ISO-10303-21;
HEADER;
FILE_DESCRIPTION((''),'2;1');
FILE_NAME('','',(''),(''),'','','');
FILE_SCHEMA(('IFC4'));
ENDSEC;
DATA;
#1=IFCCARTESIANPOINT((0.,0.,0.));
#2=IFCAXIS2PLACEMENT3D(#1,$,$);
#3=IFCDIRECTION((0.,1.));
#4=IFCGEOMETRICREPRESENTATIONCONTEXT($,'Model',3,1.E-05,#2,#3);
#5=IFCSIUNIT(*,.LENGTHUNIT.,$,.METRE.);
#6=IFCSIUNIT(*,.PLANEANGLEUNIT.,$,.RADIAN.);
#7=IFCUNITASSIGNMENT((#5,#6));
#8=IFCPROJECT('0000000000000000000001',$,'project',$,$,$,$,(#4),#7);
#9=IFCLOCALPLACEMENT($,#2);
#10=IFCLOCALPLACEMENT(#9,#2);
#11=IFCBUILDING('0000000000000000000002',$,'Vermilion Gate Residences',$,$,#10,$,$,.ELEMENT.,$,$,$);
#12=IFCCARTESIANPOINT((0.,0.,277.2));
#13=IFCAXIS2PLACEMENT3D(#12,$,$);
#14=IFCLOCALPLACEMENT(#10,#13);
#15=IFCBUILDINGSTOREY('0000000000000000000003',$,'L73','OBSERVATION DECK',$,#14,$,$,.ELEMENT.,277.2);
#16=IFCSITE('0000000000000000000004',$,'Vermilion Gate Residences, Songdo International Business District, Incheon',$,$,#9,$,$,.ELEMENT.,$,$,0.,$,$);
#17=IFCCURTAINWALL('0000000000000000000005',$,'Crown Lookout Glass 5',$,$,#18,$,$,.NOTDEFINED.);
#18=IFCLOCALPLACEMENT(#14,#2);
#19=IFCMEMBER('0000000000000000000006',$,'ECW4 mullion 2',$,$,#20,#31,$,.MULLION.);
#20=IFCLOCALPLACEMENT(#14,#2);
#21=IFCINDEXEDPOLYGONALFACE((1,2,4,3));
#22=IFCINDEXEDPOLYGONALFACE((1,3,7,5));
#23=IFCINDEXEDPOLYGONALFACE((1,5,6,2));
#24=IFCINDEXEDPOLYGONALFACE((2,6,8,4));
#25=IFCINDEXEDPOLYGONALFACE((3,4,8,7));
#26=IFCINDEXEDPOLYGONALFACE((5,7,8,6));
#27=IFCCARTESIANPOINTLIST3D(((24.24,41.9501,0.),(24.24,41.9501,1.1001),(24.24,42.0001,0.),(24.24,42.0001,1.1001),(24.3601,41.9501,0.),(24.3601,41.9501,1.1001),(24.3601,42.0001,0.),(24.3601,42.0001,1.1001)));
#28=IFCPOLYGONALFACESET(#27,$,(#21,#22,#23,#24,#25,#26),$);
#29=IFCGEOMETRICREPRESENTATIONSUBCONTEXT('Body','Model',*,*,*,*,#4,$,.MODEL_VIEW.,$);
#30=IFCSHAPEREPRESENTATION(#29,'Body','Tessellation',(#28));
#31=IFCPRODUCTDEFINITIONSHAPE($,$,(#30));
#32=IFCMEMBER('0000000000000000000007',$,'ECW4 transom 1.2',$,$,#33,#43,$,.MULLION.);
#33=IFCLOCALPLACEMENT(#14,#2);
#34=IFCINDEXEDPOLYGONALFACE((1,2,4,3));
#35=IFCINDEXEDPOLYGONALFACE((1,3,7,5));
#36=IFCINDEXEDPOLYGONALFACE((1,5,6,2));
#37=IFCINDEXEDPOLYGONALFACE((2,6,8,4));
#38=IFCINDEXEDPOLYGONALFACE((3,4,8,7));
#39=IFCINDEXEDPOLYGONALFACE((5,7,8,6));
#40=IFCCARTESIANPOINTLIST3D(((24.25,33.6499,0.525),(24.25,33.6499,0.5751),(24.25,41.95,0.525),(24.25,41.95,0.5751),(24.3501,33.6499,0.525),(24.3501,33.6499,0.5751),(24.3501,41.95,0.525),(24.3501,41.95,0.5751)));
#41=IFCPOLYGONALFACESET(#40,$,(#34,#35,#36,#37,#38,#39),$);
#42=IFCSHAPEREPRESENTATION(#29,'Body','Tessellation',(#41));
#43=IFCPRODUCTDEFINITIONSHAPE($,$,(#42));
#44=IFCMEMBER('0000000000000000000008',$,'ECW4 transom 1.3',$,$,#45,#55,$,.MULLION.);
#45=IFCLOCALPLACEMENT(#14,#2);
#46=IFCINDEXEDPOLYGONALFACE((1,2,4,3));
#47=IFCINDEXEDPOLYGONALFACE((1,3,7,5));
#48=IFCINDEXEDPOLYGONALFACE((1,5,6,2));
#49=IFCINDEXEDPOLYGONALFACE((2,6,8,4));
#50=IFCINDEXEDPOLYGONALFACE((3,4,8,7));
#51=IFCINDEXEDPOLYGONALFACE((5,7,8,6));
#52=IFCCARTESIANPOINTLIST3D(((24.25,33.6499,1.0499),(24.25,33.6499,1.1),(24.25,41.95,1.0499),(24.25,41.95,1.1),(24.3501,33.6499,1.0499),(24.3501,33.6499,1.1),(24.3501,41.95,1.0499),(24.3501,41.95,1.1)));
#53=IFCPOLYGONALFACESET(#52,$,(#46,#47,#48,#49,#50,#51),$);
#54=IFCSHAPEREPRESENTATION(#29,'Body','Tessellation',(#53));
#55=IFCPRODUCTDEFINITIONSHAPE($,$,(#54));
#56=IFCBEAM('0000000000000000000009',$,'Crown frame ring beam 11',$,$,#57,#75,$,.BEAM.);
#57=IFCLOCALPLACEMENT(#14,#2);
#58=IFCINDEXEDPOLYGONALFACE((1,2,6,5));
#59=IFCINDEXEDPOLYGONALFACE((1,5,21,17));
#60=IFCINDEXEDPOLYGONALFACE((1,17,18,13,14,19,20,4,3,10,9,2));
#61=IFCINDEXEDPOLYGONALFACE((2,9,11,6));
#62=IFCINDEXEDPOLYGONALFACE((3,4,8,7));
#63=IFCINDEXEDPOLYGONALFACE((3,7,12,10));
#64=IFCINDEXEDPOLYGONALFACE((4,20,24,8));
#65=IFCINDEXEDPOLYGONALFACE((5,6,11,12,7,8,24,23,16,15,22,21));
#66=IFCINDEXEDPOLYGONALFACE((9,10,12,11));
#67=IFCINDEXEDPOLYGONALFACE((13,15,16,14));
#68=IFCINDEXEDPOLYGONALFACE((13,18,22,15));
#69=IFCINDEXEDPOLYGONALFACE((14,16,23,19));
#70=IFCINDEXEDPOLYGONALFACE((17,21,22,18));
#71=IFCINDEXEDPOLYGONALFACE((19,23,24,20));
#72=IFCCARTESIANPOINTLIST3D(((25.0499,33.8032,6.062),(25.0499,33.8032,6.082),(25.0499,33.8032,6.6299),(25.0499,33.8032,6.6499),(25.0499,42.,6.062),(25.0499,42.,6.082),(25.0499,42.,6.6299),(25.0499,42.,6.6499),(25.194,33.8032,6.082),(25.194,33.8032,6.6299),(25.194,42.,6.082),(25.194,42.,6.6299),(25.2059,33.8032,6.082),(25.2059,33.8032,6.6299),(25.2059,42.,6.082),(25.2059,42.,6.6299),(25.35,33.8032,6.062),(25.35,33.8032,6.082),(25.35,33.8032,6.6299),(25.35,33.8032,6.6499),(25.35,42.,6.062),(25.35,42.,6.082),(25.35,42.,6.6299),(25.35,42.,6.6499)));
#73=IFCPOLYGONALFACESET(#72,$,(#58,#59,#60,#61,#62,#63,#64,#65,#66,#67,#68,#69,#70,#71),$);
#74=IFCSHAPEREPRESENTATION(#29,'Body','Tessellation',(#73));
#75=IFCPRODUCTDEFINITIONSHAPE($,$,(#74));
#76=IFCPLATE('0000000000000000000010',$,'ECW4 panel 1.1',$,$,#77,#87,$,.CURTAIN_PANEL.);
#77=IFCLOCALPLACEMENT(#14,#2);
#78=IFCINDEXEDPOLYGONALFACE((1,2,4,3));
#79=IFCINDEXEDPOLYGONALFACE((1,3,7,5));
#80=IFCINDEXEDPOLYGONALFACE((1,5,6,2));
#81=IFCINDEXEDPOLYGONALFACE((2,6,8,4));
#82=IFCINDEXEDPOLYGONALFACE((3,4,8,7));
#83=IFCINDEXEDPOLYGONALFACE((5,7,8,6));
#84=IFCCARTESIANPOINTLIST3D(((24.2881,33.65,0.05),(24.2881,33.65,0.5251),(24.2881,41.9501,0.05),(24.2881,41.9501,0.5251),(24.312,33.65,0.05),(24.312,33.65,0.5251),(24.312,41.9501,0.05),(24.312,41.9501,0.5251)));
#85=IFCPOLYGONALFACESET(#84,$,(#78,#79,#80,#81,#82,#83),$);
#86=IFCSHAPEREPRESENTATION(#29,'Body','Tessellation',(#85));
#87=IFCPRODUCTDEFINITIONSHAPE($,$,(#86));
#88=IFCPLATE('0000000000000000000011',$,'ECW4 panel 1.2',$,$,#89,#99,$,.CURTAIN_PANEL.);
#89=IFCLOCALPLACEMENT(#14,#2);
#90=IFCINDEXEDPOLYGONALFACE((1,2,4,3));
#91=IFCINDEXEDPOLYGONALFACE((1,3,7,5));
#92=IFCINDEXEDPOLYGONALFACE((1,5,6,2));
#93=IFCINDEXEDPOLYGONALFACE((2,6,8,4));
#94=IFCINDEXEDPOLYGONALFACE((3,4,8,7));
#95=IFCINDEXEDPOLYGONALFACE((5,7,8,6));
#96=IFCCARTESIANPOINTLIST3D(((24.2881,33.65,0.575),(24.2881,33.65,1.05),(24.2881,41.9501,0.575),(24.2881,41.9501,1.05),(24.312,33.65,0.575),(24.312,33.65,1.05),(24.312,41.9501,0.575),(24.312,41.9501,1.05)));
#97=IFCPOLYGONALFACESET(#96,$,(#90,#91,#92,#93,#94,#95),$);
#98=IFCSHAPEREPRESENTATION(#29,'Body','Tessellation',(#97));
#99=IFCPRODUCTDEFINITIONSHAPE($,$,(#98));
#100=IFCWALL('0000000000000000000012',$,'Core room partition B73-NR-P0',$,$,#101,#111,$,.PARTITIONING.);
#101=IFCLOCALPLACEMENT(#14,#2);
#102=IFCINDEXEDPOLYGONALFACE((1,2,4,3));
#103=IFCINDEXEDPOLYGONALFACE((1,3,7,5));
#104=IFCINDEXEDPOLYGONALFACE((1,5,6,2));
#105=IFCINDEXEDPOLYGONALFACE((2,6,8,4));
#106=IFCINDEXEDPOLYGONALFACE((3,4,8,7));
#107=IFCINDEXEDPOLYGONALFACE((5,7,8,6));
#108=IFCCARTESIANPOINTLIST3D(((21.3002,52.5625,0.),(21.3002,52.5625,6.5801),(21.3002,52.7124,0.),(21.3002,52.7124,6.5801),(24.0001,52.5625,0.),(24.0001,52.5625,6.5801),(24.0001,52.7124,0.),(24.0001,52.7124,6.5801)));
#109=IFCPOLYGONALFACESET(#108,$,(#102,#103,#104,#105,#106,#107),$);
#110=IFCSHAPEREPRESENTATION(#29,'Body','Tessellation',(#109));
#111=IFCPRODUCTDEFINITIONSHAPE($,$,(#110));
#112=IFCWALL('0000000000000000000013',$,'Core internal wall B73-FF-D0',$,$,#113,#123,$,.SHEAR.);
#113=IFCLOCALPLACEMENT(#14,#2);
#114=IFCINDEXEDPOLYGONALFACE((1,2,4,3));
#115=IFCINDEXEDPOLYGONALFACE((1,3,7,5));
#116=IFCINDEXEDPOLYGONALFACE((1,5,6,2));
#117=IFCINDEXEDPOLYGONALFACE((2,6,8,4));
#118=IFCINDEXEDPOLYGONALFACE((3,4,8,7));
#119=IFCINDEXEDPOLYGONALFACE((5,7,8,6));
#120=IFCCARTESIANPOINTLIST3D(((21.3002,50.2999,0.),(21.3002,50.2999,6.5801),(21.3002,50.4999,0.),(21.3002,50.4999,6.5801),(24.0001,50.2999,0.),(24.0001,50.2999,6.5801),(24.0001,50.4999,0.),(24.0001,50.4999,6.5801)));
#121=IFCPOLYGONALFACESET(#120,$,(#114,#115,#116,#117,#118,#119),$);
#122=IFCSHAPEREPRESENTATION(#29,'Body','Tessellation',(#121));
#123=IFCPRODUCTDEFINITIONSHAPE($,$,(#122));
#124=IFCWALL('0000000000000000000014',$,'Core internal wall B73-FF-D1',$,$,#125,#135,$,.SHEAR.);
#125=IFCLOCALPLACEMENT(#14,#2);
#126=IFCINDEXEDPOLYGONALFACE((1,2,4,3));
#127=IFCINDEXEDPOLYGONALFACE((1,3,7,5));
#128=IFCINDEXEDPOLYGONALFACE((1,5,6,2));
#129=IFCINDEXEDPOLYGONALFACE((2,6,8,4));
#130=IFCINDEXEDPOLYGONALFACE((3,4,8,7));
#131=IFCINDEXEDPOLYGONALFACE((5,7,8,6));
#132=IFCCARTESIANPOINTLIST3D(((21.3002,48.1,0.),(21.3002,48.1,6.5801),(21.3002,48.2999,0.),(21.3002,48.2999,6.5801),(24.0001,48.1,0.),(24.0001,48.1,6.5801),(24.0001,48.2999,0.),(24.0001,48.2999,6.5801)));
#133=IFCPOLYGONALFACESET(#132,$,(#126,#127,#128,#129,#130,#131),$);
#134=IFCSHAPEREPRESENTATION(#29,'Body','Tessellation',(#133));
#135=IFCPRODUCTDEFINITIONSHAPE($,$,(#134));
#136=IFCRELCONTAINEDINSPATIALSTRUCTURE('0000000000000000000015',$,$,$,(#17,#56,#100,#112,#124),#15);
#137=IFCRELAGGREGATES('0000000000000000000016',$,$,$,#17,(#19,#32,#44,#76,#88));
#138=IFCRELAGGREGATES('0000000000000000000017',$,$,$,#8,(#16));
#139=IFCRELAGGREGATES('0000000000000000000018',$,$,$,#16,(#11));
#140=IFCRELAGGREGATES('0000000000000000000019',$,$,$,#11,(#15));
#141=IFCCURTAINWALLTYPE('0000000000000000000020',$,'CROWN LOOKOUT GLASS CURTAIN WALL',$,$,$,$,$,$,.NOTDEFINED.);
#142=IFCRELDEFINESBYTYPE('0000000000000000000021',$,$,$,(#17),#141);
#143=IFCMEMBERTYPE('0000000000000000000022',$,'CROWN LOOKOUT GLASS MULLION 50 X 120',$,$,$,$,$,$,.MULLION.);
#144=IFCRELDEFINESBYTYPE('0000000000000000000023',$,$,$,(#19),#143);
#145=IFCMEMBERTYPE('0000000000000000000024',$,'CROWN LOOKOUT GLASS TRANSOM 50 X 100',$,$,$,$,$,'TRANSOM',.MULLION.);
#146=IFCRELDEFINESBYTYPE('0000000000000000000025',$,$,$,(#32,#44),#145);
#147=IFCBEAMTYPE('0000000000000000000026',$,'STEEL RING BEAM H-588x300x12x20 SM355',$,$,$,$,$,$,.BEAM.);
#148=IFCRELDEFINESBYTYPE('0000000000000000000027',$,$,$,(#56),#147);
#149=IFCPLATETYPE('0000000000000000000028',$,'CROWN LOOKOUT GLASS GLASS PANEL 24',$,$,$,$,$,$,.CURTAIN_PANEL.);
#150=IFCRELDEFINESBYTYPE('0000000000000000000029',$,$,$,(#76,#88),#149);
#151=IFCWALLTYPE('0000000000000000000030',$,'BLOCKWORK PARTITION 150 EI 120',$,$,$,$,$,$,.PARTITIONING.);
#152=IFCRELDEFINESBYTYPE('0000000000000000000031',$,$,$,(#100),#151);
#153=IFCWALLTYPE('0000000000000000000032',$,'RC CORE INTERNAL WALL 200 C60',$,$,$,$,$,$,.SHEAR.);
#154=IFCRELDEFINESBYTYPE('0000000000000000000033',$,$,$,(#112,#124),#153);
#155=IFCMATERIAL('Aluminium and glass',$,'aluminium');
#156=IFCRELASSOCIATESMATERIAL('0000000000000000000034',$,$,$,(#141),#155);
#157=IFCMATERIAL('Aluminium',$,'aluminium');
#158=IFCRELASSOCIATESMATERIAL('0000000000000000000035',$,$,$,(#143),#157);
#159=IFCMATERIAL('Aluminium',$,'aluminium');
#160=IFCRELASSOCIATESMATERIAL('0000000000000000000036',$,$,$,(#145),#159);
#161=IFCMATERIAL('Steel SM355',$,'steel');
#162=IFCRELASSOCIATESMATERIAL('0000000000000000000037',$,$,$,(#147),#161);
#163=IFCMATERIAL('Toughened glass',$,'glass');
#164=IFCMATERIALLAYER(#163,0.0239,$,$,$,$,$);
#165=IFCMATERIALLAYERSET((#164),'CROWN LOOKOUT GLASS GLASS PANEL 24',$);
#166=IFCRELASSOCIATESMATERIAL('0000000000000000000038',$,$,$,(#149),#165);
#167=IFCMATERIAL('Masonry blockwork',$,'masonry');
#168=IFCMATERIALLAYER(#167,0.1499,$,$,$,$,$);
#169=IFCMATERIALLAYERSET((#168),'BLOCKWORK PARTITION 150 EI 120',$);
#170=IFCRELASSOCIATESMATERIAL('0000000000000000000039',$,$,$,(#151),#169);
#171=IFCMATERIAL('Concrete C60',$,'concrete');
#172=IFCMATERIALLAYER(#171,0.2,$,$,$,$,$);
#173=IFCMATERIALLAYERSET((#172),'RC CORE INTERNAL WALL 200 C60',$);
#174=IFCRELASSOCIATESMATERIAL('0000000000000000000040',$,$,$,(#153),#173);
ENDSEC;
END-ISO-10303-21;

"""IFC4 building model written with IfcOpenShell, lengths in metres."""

from ifc_helpers import new_model, si_unit, direction, frame, frame_2d, origin, origin_2d, place, context, subcontext, project, spatial, rectangle, i_section, extrude, material, layer, layer_set, material_profile, profile_set, type_object, element, aggregate, save


model = new_model("IFC4")

# Units and contexts
model_context = context("Model", 3, precision=1e-05, world=origin(), true_north=direction((0.0, 1.0)))
body_context = subcontext(model_context, "Body", "Model", "MODEL_VIEW")
ifc_project = project(units=[si_unit("LENGTHUNIT", "METRE"), si_unit("PLANEANGLEUNIT", "RADIAN")], contexts=[model_context])

# Site, building, storey
site_placement = place(None, origin())
site = spatial("IfcSite", under=ifc_project, at=site_placement, Name="Vermilion Gate Residences, Songdo International Business District, Incheon", CompositionType="ELEMENT", RefElevation=0.0)
building_placement = place(site_placement, origin())
building = spatial("IfcBuilding", under=site, at=building_placement, Name="Vermilion Gate Residences", CompositionType="ELEMENT")
storey_placement = place(building_placement, frame((0.0, 0.0, 277.2)))
storey = spatial("IfcBuildingStorey", under=building, at=storey_placement, Name="L73", Description="OBSERVATION DECK", CompositionType="ELEMENT", Elevation=277.2)

# Curtain wall, members
ifc_material_1 = material(Name="Aluminium and glass", Category="aluminium")
curtain_wall_type = type_object("IfcCurtainWallType", Name="CROWN LOOKOUT GLASS CURTAIN WALL", PredefinedType="NOTDEFINED", material=ifc_material_1)
curtain_wall_placement = place(storey_placement, origin())
curtain_wall = element("IfcCurtainWall", 1, at=curtain_wall_placement, inside=storey, type_object=curtain_wall_type, Name="Crown Lookout Glass 5", PredefinedType="NOTDEFINED")
ifc_material_2 = material(Name="Aluminium", Category="aluminium")
ifc_material_profile_1 = material_profile(ifc_material_2, rectangle(XDim=0.1201, YDim=0.05, at=origin_2d()), Name="MULLION 50 X 120")
ifc_profile_set_1 = profile_set([ifc_material_profile_1], Name="Aluminium")
member_type_1 = type_object("IfcMemberType", Name="CROWN LOOKOUT GLASS MULLION 50 X 120", PredefinedType="MULLION", material=ifc_profile_set_1)
member_1_placement = place(storey_placement, frame((24.3, 41.9751, 0.0), z_axis=(0.0, 0.0, 1.0), x_axis=(-1.0, 0.0, 0.0)))
member_1 = element("IfcMember", 2, at=member_1_placement, type_object=member_type_1, Name="ECW4 mullion 2", PredefinedType="MULLION", context=body_context, shape_type="SweptSolid", body=[
    extrude(rectangle(XDim=0.1201, YDim=0.05, at=origin_2d()), origin(), (0.0, 0.0, 1.0), 1.1001),
])
ifc_material_3 = material(Name="Aluminium", Category="aluminium")
ifc_material_profile_2 = material_profile(ifc_material_3, rectangle(XDim=0.1001, YDim=0.05, at=origin_2d()), Name="TRANSOM 50 X 100")
ifc_profile_set_2 = profile_set([ifc_material_profile_2], Name="Aluminium")
member_type_2 = type_object("IfcMemberType", Name="CROWN LOOKOUT GLASS TRANSOM 50 X 100", ElementType="TRANSOM", PredefinedType="MULLION", material=ifc_profile_set_2)
member_2_placement = place(storey_placement, frame((24.3, 33.6499, 0.55), z_axis=(0.0, 1.0, 0.0), x_axis=(-1.0, 0.0, 0.0)))
member_2 = element("IfcMember", 3, at=member_2_placement, type_object=member_type_2, Name="ECW4 transom 1.2", PredefinedType="MULLION", context=body_context, shape_type="SweptSolid", body=[
    extrude(rectangle(XDim=0.1001, YDim=0.05, at=origin_2d()), origin(), (0.0, 0.0, 1.0), 8.3),
])
member_3_placement = place(storey_placement, frame((24.3, 33.6499, 1.075), z_axis=(0.0, 1.0, 0.0), x_axis=(-1.0, 0.0, 0.0)))
member_3 = element("IfcMember", 4, at=member_3_placement, type_object=member_type_2, Name="ECW4 transom 1.3", PredefinedType="MULLION", context=body_context, shape_type="SweptSolid", body=[
    extrude(rectangle(XDim=0.1001, YDim=0.05, at=origin_2d()), origin(), (0.0, 0.0, 1.0), 8.3),
])

# Beam
ifc_material_4 = material(Name="Steel SM355", Category="steel")
ifc_material_profile_3 = material_profile(ifc_material_4, i_section(OverallWidth=0.3, OverallDepth=0.5879, WebThickness=0.012, FlangeThickness=0.02, at=origin_2d()), Name="H-588x300x12x20")
ifc_profile_set_3 = profile_set([ifc_material_profile_3], Name="Steel SM355")
beam_type = type_object("IfcBeamType", Name="STEEL RING BEAM H-588x300x12x20 SM355", PredefinedType="BEAM", material=ifc_profile_set_3)
beam_placement = place(storey_placement, frame((25.2, 33.8032, 6.356), z_axis=(0.0, 1.0, 0.0), x_axis=(-1.0, 0.0, 0.0)))
element("IfcBeam", 5, at=beam_placement, inside=storey, type_object=beam_type, Name="Crown frame ring beam 11", PredefinedType="BEAM", context=body_context, shape_type="SweptSolid", body=[
    extrude(i_section(OverallWidth=0.3, OverallDepth=0.5879, WebThickness=0.012, FlangeThickness=0.02, at=origin_2d()), origin(), (0.0, 0.0, 1.0), 8.1968),
])

# Plates
ifc_material_5 = material(Name="Toughened glass", Category="glass")
ifc_layer_1 = layer(ifc_material_5, 0.0239)
ifc_layer_set_1 = layer_set([ifc_layer_1], Name="CROWN LOOKOUT GLASS GLASS PANEL 24")
plate_type = type_object("IfcPlateType", Name="CROWN LOOKOUT GLASS GLASS PANEL 24", PredefinedType="CURTAIN_PANEL", material=ifc_layer_set_1)
plate_1_placement = place(storey_placement, frame((24.3, 37.8, 0.05), z_axis=(0.0, 0.0, 1.0), x_axis=(0.0, 1.0, 0.0)))
plate_1 = element("IfcPlate", 6, at=plate_1_placement, type_object=plate_type, Name="ECW4 panel 1.1", PredefinedType="CURTAIN_PANEL", context=body_context, shape_type="SweptSolid", body=[
    extrude(rectangle(XDim=8.3, YDim=0.0239, at=origin_2d()), origin(), (0.0, 0.0, 1.0), 0.4751),
])
plate_2_placement = place(storey_placement, frame((24.3, 37.8, 0.575), z_axis=(0.0, 0.0, 1.0), x_axis=(0.0, 1.0, 0.0)))
plate_2 = element("IfcPlate", 7, at=plate_2_placement, type_object=plate_type, Name="ECW4 panel 1.2", PredefinedType="CURTAIN_PANEL", context=body_context, shape_type="SweptSolid", body=[
    extrude(rectangle(XDim=8.3, YDim=0.0239, at=origin_2d()), origin(), (0.0, 0.0, 1.0), 0.4751),
])
aggregate(curtain_wall, [member_1, member_2, member_3, plate_1, plate_2])

# Walls
ifc_material_6 = material(Name="Masonry blockwork", Category="masonry")
ifc_layer_2 = layer(ifc_material_6, 0.1499)
ifc_layer_set_2 = layer_set([ifc_layer_2], Name="BLOCKWORK PARTITION 150 EI 120")
wall_type_1 = type_object("IfcWallType", Name="BLOCKWORK PARTITION 150 EI 120", PredefinedType="PARTITIONING", material=ifc_layer_set_2)
wall_1_placement = place(storey_placement, frame((21.3, 52.6375, 0.0), z_axis=(0.0, 0.0, 1.0), x_axis=(1.0, 0.0, 0.0)))
element("IfcWall", 8, at=wall_1_placement, inside=storey, type_object=wall_type_1, Name="Core room partition B73-NR-P0", PredefinedType="PARTITIONING", context=body_context, shape_type="SweptSolid", body=[
    extrude(rectangle(XDim=2.7, YDim=0.1499, at=frame_2d((1.3501, 0.0))), origin(), (0.0, 0.0, 1.0), 6.5801),
])
ifc_material_7 = material(Name="Concrete C60", Category="concrete")
ifc_layer_3 = layer(ifc_material_7, 0.2)
ifc_layer_set_3 = layer_set([ifc_layer_3], Name="RC CORE INTERNAL WALL 200 C60")
wall_type_2 = type_object("IfcWallType", Name="RC CORE INTERNAL WALL 200 C60", PredefinedType="SHEAR", material=ifc_layer_set_3)
for number, where, z_axis, x_axis, name in (
    (9, (21.3, 50.3999, 0.0), (0.0, 0.0, 1.0), (1.0, 0.0, 0.0), "Core internal wall B73-FF-D0"),
    (10, (21.3, 48.2, 0.0), (0.0, 0.0, 1.0), (1.0, 0.0, 0.0), "Core internal wall B73-FF-D1"),
):
    element("IfcWall", number, at=place(storey_placement, frame(where, z_axis=z_axis, x_axis=x_axis)), inside=storey, type_object=wall_type_2, Name=name, PredefinedType="SHEAR", context=body_context, shape_type="SweptSolid", body=[
        extrude(rectangle(XDim=2.7, YDim=0.2, at=frame_2d((1.3501, 0.0))), origin(), (0.0, 0.0, 1.0), 6.5801),
    ])

save(model, "model.ifc")
